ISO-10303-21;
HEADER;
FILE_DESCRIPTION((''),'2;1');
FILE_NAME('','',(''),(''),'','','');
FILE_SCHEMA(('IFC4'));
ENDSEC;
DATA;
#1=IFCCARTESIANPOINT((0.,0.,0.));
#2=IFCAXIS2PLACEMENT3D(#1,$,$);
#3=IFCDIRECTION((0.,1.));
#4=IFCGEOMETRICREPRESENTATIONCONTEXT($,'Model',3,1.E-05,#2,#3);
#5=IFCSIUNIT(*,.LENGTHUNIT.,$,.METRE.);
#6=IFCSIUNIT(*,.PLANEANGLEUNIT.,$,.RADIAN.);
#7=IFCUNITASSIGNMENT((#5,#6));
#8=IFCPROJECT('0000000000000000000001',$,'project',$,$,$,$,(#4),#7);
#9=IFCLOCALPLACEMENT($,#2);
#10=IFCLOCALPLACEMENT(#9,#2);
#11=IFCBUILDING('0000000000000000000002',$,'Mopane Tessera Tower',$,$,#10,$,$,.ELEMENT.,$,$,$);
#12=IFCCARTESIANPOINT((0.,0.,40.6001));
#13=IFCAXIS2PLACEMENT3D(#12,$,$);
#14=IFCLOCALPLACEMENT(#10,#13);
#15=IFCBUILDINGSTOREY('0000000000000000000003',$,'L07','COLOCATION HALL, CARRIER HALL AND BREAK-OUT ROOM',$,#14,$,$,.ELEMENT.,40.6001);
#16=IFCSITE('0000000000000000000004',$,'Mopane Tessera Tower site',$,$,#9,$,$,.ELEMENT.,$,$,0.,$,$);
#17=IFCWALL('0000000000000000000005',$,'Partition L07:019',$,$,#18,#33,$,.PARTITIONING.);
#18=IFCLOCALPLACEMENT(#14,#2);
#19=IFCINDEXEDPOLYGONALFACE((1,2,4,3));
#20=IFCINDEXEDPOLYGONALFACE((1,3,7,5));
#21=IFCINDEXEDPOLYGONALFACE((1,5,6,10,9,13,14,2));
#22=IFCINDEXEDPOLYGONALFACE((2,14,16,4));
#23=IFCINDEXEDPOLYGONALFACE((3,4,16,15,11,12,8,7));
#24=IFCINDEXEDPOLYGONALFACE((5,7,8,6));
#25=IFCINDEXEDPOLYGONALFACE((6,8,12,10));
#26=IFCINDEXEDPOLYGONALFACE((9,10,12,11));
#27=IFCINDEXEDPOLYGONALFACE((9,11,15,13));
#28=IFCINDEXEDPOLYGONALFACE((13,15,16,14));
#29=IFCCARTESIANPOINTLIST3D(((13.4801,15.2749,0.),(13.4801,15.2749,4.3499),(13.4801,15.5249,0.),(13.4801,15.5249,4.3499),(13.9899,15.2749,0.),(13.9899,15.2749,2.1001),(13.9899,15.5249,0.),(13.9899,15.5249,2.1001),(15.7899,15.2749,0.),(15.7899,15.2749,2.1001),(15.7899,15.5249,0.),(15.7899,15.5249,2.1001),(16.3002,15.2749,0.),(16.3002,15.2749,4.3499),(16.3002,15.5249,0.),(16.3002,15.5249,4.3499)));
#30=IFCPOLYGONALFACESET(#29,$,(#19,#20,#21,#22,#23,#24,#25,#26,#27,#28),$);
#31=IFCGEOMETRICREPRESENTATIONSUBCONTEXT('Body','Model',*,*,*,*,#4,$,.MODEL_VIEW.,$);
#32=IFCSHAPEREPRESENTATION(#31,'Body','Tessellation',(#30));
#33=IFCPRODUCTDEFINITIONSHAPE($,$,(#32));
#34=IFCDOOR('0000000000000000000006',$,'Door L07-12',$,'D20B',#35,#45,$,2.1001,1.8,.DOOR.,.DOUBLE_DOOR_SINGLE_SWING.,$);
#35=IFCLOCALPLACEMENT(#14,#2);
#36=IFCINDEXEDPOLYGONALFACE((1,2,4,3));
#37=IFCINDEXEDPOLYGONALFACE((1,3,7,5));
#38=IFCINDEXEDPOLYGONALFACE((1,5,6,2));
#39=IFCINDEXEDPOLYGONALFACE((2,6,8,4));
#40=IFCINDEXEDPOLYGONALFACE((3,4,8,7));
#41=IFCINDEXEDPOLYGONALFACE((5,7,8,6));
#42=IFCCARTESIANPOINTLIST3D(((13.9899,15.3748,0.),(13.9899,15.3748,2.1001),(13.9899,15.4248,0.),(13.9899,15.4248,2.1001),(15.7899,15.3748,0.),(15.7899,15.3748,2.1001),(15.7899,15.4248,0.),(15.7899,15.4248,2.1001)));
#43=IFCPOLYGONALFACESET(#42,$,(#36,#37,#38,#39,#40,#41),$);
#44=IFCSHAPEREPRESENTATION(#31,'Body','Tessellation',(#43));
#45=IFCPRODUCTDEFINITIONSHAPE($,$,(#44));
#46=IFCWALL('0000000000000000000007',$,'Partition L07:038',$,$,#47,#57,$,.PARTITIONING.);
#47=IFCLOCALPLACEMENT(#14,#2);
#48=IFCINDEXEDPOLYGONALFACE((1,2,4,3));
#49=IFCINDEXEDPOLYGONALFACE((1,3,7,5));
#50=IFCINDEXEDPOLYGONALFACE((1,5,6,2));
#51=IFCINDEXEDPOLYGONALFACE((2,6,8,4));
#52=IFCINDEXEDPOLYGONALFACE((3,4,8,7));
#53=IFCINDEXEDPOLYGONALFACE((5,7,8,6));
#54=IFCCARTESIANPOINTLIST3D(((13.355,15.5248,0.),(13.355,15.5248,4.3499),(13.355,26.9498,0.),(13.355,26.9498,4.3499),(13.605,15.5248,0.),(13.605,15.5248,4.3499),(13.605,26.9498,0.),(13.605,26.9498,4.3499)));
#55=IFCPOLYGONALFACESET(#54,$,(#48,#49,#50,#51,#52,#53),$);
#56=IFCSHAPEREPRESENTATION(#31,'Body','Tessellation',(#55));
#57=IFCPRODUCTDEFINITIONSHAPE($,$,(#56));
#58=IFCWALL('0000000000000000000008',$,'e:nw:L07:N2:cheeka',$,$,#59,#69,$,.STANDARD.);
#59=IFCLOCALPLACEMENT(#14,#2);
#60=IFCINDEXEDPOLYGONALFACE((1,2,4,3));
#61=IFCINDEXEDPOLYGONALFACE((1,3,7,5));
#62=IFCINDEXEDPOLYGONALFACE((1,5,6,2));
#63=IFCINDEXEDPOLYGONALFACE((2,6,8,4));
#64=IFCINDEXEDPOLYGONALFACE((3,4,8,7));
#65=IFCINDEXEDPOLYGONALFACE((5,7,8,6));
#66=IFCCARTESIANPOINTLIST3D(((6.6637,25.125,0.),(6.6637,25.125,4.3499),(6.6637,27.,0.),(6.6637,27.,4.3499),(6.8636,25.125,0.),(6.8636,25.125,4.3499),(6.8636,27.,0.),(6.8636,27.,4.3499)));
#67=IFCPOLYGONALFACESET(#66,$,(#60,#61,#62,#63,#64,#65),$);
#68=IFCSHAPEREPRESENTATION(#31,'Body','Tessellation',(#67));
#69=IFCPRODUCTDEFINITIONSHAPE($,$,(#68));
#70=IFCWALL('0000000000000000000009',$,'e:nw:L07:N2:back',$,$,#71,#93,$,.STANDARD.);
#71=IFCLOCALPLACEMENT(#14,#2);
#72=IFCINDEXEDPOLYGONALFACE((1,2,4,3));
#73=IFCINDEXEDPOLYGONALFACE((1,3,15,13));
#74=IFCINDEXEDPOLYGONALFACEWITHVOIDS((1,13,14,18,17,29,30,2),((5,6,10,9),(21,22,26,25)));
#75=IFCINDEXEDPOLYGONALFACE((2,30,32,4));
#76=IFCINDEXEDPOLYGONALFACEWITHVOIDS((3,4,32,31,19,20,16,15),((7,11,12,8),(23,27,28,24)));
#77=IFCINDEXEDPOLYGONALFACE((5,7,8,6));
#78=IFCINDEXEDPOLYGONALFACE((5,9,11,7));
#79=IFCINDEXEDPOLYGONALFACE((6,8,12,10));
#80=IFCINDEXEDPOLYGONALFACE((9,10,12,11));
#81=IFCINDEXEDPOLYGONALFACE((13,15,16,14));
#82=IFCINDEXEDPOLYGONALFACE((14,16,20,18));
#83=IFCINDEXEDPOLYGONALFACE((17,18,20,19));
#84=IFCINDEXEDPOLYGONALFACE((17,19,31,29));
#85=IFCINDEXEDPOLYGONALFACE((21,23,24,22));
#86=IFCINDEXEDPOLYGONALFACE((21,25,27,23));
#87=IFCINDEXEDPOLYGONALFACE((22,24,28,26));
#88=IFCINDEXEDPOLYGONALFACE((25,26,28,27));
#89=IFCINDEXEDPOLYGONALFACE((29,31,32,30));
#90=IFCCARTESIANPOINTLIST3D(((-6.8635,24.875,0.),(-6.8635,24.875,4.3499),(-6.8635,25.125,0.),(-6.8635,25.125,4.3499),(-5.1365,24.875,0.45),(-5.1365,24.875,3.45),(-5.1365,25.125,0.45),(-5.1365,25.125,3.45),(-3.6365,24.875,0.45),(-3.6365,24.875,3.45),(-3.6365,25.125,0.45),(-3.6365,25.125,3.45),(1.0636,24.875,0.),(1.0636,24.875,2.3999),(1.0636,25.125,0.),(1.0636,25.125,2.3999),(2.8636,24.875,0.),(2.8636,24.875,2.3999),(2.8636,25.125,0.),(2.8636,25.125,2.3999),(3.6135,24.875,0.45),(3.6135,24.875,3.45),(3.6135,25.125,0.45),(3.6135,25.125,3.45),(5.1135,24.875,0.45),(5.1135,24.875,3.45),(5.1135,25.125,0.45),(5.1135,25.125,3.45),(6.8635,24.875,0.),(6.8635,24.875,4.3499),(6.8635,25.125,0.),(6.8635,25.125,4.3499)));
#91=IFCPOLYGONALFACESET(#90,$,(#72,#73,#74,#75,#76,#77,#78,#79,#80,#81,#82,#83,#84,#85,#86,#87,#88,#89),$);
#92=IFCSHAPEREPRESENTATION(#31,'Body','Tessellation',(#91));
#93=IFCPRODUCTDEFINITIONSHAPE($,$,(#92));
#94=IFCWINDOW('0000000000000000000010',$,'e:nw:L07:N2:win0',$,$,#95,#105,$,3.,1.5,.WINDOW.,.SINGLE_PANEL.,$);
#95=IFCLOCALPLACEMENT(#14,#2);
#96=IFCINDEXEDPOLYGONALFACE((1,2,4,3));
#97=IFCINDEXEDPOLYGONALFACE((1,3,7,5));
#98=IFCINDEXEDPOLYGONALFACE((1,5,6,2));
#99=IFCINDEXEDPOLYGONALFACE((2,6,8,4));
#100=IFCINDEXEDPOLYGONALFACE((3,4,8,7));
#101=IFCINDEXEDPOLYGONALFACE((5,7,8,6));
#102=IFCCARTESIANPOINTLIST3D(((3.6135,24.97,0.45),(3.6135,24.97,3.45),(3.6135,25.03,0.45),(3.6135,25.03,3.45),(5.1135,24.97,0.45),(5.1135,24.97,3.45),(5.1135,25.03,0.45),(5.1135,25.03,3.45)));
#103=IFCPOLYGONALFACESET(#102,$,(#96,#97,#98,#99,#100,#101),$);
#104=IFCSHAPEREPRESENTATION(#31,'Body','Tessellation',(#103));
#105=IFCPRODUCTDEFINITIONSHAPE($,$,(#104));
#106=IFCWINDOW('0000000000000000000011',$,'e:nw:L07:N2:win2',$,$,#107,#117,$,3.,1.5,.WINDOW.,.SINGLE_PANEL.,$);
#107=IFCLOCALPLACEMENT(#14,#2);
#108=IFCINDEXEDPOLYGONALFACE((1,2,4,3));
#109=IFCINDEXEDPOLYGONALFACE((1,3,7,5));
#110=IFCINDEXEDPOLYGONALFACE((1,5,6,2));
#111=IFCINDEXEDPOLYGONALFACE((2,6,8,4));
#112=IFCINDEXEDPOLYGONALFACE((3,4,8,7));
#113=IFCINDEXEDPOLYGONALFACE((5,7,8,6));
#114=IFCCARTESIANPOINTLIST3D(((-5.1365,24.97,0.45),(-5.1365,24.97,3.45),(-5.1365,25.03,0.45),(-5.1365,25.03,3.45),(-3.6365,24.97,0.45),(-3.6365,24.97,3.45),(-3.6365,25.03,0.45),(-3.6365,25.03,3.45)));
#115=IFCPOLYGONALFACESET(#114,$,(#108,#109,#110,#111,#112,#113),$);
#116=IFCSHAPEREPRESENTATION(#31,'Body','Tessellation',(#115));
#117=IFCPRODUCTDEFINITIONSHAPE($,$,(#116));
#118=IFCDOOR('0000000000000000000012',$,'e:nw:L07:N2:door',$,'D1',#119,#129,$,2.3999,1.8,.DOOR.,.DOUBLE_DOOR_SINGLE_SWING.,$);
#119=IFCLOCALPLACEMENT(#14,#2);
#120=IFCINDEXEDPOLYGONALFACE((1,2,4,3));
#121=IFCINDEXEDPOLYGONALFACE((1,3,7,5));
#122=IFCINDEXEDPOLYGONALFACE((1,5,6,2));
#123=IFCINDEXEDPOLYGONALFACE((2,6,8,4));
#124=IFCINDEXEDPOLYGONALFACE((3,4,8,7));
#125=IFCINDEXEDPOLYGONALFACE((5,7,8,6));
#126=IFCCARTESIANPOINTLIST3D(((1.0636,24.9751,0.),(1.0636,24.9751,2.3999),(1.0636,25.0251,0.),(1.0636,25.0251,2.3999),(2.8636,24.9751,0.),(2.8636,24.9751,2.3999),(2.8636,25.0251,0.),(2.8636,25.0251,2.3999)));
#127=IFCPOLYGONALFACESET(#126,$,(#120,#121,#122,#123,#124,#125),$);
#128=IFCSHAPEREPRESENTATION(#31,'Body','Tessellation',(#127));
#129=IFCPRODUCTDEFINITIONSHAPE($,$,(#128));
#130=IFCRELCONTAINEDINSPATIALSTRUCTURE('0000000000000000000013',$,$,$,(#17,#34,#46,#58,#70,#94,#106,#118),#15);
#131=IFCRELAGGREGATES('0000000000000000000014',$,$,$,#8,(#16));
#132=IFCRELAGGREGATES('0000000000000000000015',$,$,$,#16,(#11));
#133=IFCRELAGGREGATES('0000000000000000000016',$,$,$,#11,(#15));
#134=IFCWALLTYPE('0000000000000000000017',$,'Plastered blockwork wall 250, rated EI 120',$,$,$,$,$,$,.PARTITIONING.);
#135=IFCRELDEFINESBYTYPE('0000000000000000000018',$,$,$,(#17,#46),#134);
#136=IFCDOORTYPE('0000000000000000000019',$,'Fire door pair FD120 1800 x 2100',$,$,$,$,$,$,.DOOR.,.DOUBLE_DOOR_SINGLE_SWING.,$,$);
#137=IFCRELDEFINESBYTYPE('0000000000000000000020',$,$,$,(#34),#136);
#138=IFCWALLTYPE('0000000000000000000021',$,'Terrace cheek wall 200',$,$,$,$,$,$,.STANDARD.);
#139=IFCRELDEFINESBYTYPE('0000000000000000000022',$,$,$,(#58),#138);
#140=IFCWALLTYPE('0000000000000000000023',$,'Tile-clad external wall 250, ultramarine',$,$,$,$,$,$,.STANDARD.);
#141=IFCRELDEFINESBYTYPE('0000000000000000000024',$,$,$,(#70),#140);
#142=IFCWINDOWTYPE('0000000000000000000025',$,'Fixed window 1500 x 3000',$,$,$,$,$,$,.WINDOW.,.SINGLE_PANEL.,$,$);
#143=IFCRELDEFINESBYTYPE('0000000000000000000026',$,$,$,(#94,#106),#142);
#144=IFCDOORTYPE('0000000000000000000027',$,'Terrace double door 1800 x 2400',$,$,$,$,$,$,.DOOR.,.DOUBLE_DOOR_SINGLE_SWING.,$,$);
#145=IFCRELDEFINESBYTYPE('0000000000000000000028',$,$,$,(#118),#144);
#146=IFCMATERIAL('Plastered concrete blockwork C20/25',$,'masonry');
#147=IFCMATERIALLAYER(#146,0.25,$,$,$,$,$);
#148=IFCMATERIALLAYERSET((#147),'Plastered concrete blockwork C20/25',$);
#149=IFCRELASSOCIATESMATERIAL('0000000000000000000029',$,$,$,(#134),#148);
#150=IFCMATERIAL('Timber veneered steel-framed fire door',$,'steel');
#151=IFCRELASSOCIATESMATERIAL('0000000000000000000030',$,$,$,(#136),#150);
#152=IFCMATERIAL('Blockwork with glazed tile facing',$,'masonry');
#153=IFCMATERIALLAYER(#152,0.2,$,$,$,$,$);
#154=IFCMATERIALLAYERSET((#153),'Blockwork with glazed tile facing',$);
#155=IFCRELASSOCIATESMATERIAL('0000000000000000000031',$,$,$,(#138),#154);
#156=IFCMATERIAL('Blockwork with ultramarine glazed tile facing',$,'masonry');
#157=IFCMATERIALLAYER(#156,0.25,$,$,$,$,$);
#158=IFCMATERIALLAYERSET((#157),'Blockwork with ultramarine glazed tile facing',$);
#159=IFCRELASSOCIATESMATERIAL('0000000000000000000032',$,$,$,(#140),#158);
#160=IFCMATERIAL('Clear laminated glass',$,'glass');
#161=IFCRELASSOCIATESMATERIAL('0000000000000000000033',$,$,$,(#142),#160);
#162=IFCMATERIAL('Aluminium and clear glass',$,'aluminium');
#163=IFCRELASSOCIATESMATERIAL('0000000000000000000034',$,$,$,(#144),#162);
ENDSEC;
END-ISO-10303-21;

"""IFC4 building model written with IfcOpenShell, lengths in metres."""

from ifc_helpers import new_model, si_unit, direction, frame, frame_2d, origin, place, context, subcontext, project, spatial, rectangle, extrude, material, layer, layer_set, type_object, element, fill, save


model = new_model("IFC4")

# Units and contexts
model_context = context("Model", 3, precision=1e-05, world=origin(), true_north=direction((0.0, 1.0)))
body_context = subcontext(model_context, "Body", "Model", "MODEL_VIEW")
ifc_project = project(units=[si_unit("LENGTHUNIT", "METRE"), si_unit("PLANEANGLEUNIT", "RADIAN")], contexts=[model_context])

# Site, building, storey
site_placement = place(None, origin())
site = spatial("IfcSite", under=ifc_project, at=site_placement, Name="Mopane Tessera Tower site", CompositionType="ELEMENT", RefElevation=0.0)
building_placement = place(site_placement, origin())
building = spatial("IfcBuilding", under=site, at=building_placement, Name="Mopane Tessera Tower", CompositionType="ELEMENT")
storey_placement = place(building_placement, frame((0.0, 0.0, 40.6001)))
storey = spatial("IfcBuildingStorey", under=building, at=storey_placement, Name="L07", Description="COLOCATION HALL, CARRIER HALL AND BREAK-OUT ROOM", CompositionType="ELEMENT", Elevation=40.6001)

# Wall, opening, door
ifc_material_1 = material(Name="Plastered concrete blockwork C20/25", Category="masonry")
ifc_layer_1 = layer(ifc_material_1, 0.25)
ifc_layer_set_1 = layer_set([ifc_layer_1], Name="Plastered concrete blockwork C20/25")
wall_type_1 = type_object("IfcWallType", Name="Plastered blockwork wall 250, rated EI 120", PredefinedType="PARTITIONING", material=ifc_layer_set_1)
wall_1_placement = place(storey_placement, frame((13.48, 15.3999, 0.0), z_axis=(0.0, 0.0, 1.0), x_axis=(1.0, 0.0, 0.0)))
wall_1 = element("IfcWall", 1, at=wall_1_placement, inside=storey, type_object=wall_type_1, Name="Partition L07:019", PredefinedType="PARTITIONING", context=body_context, shape_type="SweptSolid", body=[
    extrude(rectangle(XDim=2.8201, YDim=0.25, at=frame_2d((1.4102, 0.0))), origin(), (0.0, 0.0, 1.0), 4.3499),
])
opening_1_placement = place(wall_1_placement, frame((0.51, 0.0, 0.0)))
opening_1 = element("IfcOpeningElement", 2, at=opening_1_placement, cuts=wall_1, PredefinedType="OPENING", context=body_context, shape_type="SweptSolid", body=[
    extrude(rectangle(XDim=1.8, YDim=2.1001, at=frame_2d((0.8999, 1.05))), frame((0.0, 0.137, 0.0), z_axis=(0.0, -1.0, 0.0), x_axis=(1.0, 0.0, 0.0)), (0.0, 0.0, 1.0), 0.2739),
])
ifc_material_2 = material(Name="Timber veneered steel-framed fire door", Category="steel")
door_type_1 = type_object("IfcDoorType", Name="Fire door pair FD120 1800 x 2100", OperationType="DOUBLE_DOOR_SINGLE_SWING", PredefinedType="DOOR", material=ifc_material_2)
door_1_placement = place(opening_1_placement, origin())
door_1 = element("IfcDoor", 3, at=door_1_placement, inside=storey, type_object=door_type_1, Name="Door L07-12", ObjectType="D20B", OperationType="DOUBLE_DOOR_SINGLE_SWING", OverallHeight=2.1001, OverallWidth=1.8, PredefinedType="DOOR", context=body_context, shape_type="SweptSolid", body=[
    extrude(rectangle(XDim=1.8, YDim=2.1001, at=frame_2d((0.8999, 1.05))), frame((0.0, 0.0249, 0.0), z_axis=(0.0, -1.0, 0.0), x_axis=(1.0, 0.0, 0.0)), (0.0, 0.0, 1.0), 0.05),
])
fill(opening_1, door_1)

# Walls
wall_2_placement = place(storey_placement, frame((13.48, 15.5249, 0.0), z_axis=(0.0, 0.0, 1.0), x_axis=(0.0, 1.0, 0.0)))
element("IfcWall", 4, at=wall_2_placement, inside=storey, type_object=wall_type_1, Name="Partition L07:038", PredefinedType="PARTITIONING", context=body_context, shape_type="SweptSolid", body=[
    extrude(rectangle(XDim=11.425, YDim=0.25, at=frame_2d((5.7124, 0.0))), origin(), (0.0, 0.0, 1.0), 4.3499),
])
ifc_material_3 = material(Name="Blockwork with glazed tile facing", Category="masonry")
ifc_layer_2 = layer(ifc_material_3, 0.2)
ifc_layer_set_2 = layer_set([ifc_layer_2], Name="Blockwork with glazed tile facing")
wall_type_2 = type_object("IfcWallType", Name="Terrace cheek wall 200", PredefinedType="STANDARD", material=ifc_layer_set_2)
wall_3_placement = place(storey_placement, frame((6.7637, 27.0, 0.0), z_axis=(0.0, 0.0, 1.0), x_axis=(0.0, -1.0, 0.0)))
element("IfcWall", 5, at=wall_3_placement, inside=storey, type_object=wall_type_2, Name="e:nw:L07:N2:cheeka", PredefinedType="STANDARD", context=body_context, shape_type="SweptSolid", body=[
    extrude(rectangle(XDim=1.875, YDim=0.2, at=frame_2d((0.9375, 0.0))), origin(), (0.0, 0.0, 1.0), 4.3499),
])

# Wall, openings, windows, door
ifc_material_4 = material(Name="Blockwork with ultramarine glazed tile facing", Category="masonry")
ifc_layer_3 = layer(ifc_material_4, 0.25)
ifc_layer_set_3 = layer_set([ifc_layer_3], Name="Blockwork with ultramarine glazed tile facing")
wall_type_3 = type_object("IfcWallType", Name="Tile-clad external wall 250, ultramarine", PredefinedType="STANDARD", material=ifc_layer_set_3)
wall_4_placement = place(storey_placement, frame((6.8635, 25.0, 0.0), z_axis=(0.0, 0.0, 1.0), x_axis=(-1.0, 0.0, 0.0)))
wall_4 = element("IfcWall", 6, at=wall_4_placement, inside=storey, type_object=wall_type_3, Name="e:nw:L07:N2:back", PredefinedType="STANDARD", context=body_context, shape_type="SweptSolid", body=[
    extrude(rectangle(XDim=13.7271, YDim=0.25, at=frame_2d((6.8635, 0.0))), origin(), (0.0, 0.0, 1.0), 4.3499),
])
opening_2_placement = place(wall_4_placement, frame((1.75, 0.0, 0.45)))
opening_2 = element("IfcOpeningElement", 7, at=opening_2_placement, cuts=wall_4, PredefinedType="OPENING", context=body_context, shape_type="SweptSolid", body=[
    extrude(rectangle(XDim=1.5, YDim=3.0, at=frame_2d((0.75, 1.5))), frame((0.0, 0.137, 0.0), z_axis=(0.0, -1.0, 0.0), x_axis=(1.0, 0.0, 0.0)), (0.0, 0.0, 1.0), 0.2739),
])
opening_3_placement = place(wall_4_placement, frame((4.0, 0.0, 0.0)))
opening_3 = element("IfcOpeningElement", 8, at=opening_3_placement, cuts=wall_4, PredefinedType="OPENING", context=body_context, shape_type="SweptSolid", body=[
    extrude(rectangle(XDim=1.8, YDim=2.3999, at=frame_2d((0.8999, 1.2))), frame((0.0, 0.137, 0.0), z_axis=(0.0, -1.0, 0.0), x_axis=(1.0, 0.0, 0.0)), (0.0, 0.0, 1.0), 0.2739),
])
opening_4_placement = place(wall_4_placement, frame((10.5, 0.0, 0.45)))
opening_4 = element("IfcOpeningElement", 9, at=opening_4_placement, cuts=wall_4, PredefinedType="OPENING", context=body_context, shape_type="SweptSolid", body=[
    extrude(rectangle(XDim=1.5, YDim=3.0, at=frame_2d((0.75, 1.5))), frame((0.0, 0.137, 0.0), z_axis=(0.0, -1.0, 0.0), x_axis=(1.0, 0.0, 0.0)), (0.0, 0.0, 1.0), 0.2739),
])
ifc_material_5 = material(Name="Clear laminated glass", Category="glass")
window_type = type_object("IfcWindowType", Name="Fixed window 1500 x 3000", PartitioningType="SINGLE_PANEL", PredefinedType="WINDOW", material=ifc_material_5)
window_1_placement = place(opening_2_placement, origin())
window_1 = element("IfcWindow", 10, at=window_1_placement, inside=storey, type_object=window_type, Name="e:nw:L07:N2:win0", OverallHeight=3.0, OverallWidth=1.5, PartitioningType="SINGLE_PANEL", PredefinedType="WINDOW", context=body_context, shape_type="SweptSolid", body=[
    extrude(rectangle(XDim=1.5, YDim=3.0, at=frame_2d((0.75, 1.5))), frame((0.0, 0.03, 0.0), z_axis=(0.0, -1.0, 0.0), x_axis=(1.0, 0.0, 0.0)), (0.0, 0.0, 1.0), 0.0601),
])
fill(opening_2, window_1)
window_2_placement = place(opening_4_placement, origin())
window_2 = element("IfcWindow", 11, at=window_2_placement, inside=storey, type_object=window_type, Name="e:nw:L07:N2:win2", OverallHeight=3.0, OverallWidth=1.5, PartitioningType="SINGLE_PANEL", PredefinedType="WINDOW", context=body_context, shape_type="SweptSolid", body=[
    extrude(rectangle(XDim=1.5, YDim=3.0, at=frame_2d((0.75, 1.5))), frame((0.0, 0.03, 0.0), z_axis=(0.0, -1.0, 0.0), x_axis=(1.0, 0.0, 0.0)), (0.0, 0.0, 1.0), 0.0601),
])
fill(opening_4, window_2)
ifc_material_6 = material(Name="Aluminium and clear glass", Category="aluminium")
door_type_2 = type_object("IfcDoorType", Name="Terrace double door 1800 x 2400", OperationType="DOUBLE_DOOR_SINGLE_SWING", PredefinedType="DOOR", material=ifc_material_6)
door_2_placement = place(opening_3_placement, origin())
door_2 = element("IfcDoor", 12, at=door_2_placement, inside=storey, type_object=door_type_2, Name="e:nw:L07:N2:door", ObjectType="D1", OperationType="DOUBLE_DOOR_SINGLE_SWING", OverallHeight=2.3999, OverallWidth=1.8, PredefinedType="DOOR", context=body_context, shape_type="SweptSolid", body=[
    extrude(rectangle(XDim=1.8, YDim=2.3999, at=frame_2d((0.8999, 1.2))), frame((0.0, 0.0249, 0.0), z_axis=(0.0, -1.0, 0.0), x_axis=(1.0, 0.0, 0.0)), (0.0, 0.0, 1.0), 0.05),
])
fill(opening_3, door_2)

save(model, "model.ifc")
